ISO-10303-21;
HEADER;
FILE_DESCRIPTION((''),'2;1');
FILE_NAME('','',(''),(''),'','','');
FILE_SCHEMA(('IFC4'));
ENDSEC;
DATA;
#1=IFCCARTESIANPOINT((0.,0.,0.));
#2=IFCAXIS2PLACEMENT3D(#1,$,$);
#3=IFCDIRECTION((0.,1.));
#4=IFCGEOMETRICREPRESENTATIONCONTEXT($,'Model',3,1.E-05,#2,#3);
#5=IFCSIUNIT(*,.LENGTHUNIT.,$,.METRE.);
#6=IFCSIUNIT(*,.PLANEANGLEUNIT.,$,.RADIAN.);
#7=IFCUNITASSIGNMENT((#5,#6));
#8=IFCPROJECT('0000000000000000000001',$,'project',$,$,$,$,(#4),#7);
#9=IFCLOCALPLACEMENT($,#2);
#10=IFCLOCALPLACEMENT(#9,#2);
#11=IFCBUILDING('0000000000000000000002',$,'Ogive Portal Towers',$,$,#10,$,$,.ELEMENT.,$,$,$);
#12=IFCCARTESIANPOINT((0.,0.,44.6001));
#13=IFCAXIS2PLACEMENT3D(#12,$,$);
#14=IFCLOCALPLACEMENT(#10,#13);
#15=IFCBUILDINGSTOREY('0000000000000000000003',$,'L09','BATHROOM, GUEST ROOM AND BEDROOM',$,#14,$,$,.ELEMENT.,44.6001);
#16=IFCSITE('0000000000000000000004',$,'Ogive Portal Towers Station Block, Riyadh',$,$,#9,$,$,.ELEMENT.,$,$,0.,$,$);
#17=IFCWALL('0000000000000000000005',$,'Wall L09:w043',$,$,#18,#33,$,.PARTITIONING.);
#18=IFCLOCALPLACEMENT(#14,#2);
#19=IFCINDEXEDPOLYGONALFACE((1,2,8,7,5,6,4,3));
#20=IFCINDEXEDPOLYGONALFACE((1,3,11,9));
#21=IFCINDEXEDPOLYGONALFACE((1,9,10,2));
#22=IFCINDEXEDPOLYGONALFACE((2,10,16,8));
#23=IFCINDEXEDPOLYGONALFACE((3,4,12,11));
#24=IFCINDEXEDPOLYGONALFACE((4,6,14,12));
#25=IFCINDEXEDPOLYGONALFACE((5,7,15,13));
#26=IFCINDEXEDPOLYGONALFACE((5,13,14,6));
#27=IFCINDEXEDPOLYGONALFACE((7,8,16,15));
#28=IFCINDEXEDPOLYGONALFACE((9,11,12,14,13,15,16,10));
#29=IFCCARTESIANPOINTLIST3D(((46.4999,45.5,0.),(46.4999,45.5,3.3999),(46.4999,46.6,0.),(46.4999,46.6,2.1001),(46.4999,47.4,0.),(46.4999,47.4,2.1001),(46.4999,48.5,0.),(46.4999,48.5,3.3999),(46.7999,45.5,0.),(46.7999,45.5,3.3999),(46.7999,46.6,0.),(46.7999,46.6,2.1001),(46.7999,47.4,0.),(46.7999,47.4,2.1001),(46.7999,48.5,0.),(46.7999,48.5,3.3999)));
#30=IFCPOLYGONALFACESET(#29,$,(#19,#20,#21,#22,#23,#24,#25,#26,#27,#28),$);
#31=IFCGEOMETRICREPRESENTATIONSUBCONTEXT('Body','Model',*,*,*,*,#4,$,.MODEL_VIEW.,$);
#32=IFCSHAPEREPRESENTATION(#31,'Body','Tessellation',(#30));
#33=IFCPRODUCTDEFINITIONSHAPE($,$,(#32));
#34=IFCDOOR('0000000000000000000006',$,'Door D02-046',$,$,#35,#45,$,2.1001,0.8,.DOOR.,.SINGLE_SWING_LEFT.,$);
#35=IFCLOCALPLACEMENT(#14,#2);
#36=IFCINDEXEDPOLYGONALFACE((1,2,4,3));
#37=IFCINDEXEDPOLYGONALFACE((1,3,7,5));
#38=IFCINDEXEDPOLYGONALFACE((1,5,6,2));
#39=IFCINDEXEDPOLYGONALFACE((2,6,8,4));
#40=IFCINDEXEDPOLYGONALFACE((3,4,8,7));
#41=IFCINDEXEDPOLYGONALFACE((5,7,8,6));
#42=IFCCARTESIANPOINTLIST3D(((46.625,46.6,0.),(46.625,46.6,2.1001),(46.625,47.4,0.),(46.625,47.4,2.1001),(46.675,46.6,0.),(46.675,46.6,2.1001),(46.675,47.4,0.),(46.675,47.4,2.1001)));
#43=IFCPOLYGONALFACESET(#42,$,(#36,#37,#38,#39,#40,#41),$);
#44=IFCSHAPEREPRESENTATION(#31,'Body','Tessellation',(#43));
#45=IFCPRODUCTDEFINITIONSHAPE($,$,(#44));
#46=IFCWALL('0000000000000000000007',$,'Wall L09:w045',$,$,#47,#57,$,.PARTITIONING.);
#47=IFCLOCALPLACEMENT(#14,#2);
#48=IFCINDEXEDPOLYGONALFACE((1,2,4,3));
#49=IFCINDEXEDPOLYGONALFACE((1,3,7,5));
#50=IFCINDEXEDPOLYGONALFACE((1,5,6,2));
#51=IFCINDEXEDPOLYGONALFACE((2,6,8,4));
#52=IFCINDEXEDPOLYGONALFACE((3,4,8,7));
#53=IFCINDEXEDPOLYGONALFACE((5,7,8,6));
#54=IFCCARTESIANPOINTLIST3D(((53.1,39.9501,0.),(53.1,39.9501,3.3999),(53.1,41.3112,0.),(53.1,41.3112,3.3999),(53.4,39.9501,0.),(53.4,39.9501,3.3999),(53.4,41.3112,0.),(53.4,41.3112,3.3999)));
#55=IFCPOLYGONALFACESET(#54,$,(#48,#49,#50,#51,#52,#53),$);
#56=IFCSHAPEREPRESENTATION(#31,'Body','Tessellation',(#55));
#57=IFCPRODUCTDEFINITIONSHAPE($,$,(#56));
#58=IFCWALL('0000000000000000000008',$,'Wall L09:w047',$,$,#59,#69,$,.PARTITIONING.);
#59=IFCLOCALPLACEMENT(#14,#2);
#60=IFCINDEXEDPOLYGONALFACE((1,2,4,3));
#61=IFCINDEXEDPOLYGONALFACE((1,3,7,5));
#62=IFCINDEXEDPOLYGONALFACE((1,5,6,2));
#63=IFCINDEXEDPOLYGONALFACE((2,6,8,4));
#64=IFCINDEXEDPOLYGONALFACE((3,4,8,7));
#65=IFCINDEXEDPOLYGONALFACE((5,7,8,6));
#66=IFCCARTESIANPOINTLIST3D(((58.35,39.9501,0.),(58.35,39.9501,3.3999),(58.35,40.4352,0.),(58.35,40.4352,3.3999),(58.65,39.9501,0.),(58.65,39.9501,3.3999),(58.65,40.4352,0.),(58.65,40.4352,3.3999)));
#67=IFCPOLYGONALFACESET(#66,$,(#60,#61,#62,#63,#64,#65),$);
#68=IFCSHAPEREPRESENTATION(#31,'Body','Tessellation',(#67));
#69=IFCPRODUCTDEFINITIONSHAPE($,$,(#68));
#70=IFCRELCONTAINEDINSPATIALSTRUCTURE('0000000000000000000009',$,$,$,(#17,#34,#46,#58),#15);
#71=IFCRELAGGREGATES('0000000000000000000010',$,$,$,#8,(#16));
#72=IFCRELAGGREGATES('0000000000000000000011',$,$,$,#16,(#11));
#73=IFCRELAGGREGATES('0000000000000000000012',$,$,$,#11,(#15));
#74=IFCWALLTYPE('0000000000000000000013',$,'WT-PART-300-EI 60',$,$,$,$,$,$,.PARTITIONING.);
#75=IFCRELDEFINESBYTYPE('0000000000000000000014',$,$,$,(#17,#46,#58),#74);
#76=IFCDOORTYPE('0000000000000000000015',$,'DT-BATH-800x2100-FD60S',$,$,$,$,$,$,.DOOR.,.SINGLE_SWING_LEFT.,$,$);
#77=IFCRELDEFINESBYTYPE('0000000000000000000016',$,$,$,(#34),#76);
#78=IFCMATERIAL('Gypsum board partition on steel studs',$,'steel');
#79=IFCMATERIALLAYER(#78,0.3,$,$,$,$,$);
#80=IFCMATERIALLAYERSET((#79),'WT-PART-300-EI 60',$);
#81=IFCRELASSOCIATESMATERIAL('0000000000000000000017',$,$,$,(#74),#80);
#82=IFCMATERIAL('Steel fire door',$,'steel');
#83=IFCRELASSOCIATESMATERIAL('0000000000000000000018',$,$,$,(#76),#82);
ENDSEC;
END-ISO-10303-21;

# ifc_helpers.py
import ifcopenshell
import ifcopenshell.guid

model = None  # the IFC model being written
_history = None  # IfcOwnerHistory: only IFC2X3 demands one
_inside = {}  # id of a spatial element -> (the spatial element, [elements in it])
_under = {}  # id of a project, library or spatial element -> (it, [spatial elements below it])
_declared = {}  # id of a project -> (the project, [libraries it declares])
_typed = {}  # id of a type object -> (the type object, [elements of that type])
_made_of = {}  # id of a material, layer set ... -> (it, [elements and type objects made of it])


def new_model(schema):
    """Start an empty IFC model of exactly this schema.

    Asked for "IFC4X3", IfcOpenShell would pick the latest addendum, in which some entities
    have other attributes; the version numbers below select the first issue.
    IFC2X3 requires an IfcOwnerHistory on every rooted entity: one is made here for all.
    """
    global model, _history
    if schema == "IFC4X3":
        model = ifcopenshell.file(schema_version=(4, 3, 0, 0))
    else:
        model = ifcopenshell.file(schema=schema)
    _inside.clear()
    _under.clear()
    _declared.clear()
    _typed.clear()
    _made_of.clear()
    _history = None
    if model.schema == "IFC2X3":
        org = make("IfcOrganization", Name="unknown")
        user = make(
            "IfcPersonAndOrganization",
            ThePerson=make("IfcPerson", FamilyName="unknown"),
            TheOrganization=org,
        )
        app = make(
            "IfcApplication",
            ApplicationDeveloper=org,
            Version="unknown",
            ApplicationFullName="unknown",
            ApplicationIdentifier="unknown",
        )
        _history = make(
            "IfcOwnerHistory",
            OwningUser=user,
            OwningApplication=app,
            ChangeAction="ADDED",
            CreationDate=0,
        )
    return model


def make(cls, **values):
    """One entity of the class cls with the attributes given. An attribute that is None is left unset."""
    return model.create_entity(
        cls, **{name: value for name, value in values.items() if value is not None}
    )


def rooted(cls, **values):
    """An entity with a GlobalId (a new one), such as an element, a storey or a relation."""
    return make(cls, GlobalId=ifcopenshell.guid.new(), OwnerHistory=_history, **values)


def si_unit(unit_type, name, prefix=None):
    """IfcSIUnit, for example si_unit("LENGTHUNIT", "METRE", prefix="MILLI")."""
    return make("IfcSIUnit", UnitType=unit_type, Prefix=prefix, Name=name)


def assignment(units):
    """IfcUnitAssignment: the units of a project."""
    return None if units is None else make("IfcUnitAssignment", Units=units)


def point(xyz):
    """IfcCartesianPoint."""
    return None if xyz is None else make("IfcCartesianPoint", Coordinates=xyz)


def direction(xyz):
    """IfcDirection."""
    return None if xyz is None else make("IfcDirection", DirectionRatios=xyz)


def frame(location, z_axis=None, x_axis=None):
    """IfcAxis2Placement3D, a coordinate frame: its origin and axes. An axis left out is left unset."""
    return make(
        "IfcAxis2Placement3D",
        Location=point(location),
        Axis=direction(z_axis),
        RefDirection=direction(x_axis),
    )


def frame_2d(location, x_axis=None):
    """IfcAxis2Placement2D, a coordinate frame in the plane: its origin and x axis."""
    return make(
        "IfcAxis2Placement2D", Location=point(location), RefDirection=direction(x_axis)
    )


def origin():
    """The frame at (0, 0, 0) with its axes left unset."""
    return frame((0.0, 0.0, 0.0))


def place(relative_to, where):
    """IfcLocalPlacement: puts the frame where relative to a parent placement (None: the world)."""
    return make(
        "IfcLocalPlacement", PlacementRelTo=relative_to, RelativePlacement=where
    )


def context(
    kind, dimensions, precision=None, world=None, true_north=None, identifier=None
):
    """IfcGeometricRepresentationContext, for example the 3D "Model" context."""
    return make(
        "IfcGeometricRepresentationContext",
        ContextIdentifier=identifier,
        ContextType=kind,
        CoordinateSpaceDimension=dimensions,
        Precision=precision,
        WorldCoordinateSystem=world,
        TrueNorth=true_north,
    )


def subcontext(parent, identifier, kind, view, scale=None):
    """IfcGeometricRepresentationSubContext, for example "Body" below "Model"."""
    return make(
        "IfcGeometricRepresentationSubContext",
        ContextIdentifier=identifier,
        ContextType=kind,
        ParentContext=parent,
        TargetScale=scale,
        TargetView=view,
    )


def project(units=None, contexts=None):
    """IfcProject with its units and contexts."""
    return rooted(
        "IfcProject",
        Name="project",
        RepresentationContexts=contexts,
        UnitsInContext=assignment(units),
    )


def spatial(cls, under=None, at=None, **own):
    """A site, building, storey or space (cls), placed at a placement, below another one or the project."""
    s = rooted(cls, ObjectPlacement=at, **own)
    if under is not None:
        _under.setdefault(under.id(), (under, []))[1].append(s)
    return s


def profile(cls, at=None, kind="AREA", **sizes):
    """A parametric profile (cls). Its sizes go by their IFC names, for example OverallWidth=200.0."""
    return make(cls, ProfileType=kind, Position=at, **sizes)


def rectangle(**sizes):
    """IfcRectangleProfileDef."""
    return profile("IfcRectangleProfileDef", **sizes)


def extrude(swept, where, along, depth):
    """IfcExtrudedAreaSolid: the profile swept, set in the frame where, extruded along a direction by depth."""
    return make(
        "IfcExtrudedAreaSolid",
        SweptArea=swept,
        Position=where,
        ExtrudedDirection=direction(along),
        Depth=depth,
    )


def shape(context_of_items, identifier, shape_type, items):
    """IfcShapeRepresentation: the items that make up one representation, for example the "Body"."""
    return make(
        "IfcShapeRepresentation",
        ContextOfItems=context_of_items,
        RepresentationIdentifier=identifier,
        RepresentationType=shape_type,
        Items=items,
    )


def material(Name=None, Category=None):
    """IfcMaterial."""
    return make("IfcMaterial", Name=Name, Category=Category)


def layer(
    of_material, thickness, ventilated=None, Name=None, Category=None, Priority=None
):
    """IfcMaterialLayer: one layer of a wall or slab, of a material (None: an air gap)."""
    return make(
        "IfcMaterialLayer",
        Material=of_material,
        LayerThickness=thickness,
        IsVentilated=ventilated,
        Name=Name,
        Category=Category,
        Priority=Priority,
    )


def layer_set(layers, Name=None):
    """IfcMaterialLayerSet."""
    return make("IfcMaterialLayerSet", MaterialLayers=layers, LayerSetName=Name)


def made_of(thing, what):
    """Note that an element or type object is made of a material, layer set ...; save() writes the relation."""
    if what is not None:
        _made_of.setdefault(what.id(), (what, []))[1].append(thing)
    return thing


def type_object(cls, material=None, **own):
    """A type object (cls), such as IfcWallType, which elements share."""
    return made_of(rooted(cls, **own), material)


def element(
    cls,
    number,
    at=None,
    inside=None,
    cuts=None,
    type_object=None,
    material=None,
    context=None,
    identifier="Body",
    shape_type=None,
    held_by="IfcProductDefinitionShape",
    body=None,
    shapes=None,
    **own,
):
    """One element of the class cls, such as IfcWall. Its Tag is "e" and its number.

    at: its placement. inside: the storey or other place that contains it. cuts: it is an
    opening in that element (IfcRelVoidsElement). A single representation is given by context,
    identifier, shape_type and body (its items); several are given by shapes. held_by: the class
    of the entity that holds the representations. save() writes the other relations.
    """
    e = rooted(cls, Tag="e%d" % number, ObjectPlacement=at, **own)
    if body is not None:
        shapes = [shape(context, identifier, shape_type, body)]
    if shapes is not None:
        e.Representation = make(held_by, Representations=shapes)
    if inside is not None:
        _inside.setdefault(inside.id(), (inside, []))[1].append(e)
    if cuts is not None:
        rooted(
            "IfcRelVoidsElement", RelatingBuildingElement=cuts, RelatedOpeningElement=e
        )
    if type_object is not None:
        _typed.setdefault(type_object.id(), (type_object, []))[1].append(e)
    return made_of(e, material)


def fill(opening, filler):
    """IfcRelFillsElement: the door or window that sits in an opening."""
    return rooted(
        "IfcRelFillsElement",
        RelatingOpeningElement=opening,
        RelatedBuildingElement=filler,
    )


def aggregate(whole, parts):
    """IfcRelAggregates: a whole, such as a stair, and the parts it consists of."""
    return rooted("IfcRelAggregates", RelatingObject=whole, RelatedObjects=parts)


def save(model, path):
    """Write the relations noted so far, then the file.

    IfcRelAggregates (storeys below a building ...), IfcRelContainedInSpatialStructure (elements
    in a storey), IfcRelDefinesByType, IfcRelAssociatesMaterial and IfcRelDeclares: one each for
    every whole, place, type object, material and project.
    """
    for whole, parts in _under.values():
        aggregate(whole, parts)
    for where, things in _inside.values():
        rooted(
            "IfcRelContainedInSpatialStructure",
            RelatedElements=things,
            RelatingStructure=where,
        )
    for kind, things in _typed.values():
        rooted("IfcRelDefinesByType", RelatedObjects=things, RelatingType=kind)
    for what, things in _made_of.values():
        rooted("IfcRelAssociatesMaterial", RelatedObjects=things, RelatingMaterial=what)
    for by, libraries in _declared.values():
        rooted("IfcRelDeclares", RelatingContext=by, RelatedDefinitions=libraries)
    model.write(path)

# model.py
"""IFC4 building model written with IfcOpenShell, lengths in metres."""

from ifc_helpers import new_model, si_unit, direction, frame, frame_2d, origin, place, context, subcontext, project, spatial, rectangle, extrude, material, layer, layer_set, type_object, element, fill, save


model = new_model("IFC4")

# Units and contexts
model_context = context("Model", 3, precision=1e-05, world=origin(), true_north=direction((0.0, 1.0)))
body_context = subcontext(model_context, "Body", "Model", "MODEL_VIEW")
ifc_project = project(units=[si_unit("LENGTHUNIT", "METRE"), si_unit("PLANEANGLEUNIT", "RADIAN")], contexts=[model_context])

# Site, building, storey
site_placement = place(None, origin())
site = spatial("IfcSite", under=ifc_project, at=site_placement, Name="Ogive Portal Towers Station Block, Riyadh", CompositionType="ELEMENT", RefElevation=0.0)
building_placement = place(site_placement, origin())
building = spatial("IfcBuilding", under=site, at=building_placement, Name="Ogive Portal Towers", CompositionType="ELEMENT")
storey_placement = place(building_placement, frame((0.0, 0.0, 44.6001)))
storey = spatial("IfcBuildingStorey", under=building, at=storey_placement, Name="L09", Description="BATHROOM, GUEST ROOM AND BEDROOM", CompositionType="ELEMENT", Elevation=44.6001)

# Wall, opening, door
ifc_material_1 = material(Name="Gypsum board partition on steel studs", Category="steel")
ifc_layer_1 = layer(ifc_material_1, 0.3)
ifc_layer_set_1 = layer_set([ifc_layer_1], Name="WT-PART-300-EI 60")
wall_type = type_object("IfcWallType", Name="WT-PART-300-EI 60", PredefinedType="PARTITIONING", material=ifc_layer_set_1)
ifc_material_2 = material(Name="Steel fire door", Category="steel")
door_type = type_object("IfcDoorType", Name="DT-BATH-800x2100-FD60S", OperationType="SINGLE_SWING_LEFT", PredefinedType="DOOR", material=ifc_material_2)
wall_1_placement = place(storey_placement, frame((46.6499, 45.5, 0.0), z_axis=(0.0, 0.0, 1.0), x_axis=(0.0, 1.0, 0.0)))
wall_1 = element("IfcWall", 1, at=wall_1_placement, inside=storey, type_object=wall_type, Name="Wall L09:w043", PredefinedType="PARTITIONING", context=body_context, shape_type="SweptSolid", body=[
    extrude(rectangle(XDim=3.0, YDim=0.3, at=frame_2d((1.5, 0.0))), origin(), (0.0, 0.0, 1.0), 3.3999),
])
opening_1_placement = place(wall_1_placement, frame((1.1001, 0.0, 0.0)))
opening_1 = element("IfcOpeningElement", 2, at=opening_1_placement, cuts=wall_1, PredefinedType="OPENING", context=body_context, shape_type="SweptSolid", body=[
    extrude(rectangle(XDim=0.8, YDim=2.1001, at=frame_2d((0.3999, 1.05))), frame((0.0, 0.1602, 0.0), z_axis=(0.0, -1.0, 0.0), x_axis=(1.0, 0.0, 0.0)), (0.0, 0.0, 1.0), 0.3201),
])
door_1_placement = place(opening_1_placement, origin())
door_1 = element("IfcDoor", 3, at=door_1_placement, inside=storey, type_object=door_type, Name="Door D02-046", OperationType="SINGLE_SWING_LEFT", OverallHeight=2.1001, OverallWidth=0.8, PredefinedType="DOOR", context=body_context, shape_type="SweptSolid", body=[
    extrude(rectangle(XDim=0.8, YDim=2.1001, at=frame_2d((0.3999, 1.05))), frame((0.0, 0.0249, 0.0), z_axis=(0.0, -1.0, 0.0), x_axis=(1.0, 0.0, 0.0)), (0.0, 0.0, 1.0), 0.05),
])
fill(opening_1, door_1)

# Walls
wall_2_placement = place(storey_placement, frame((53.25, 39.95, 0.0), z_axis=(0.0, 0.0, 1.0), x_axis=(0.0, 1.0, 0.0)))
element("IfcWall", 4, at=wall_2_placement, inside=storey, type_object=wall_type, Name="Wall L09:w045", PredefinedType="PARTITIONING", context=body_context, shape_type="SweptSolid", body=[
    extrude(rectangle(XDim=1.3611, YDim=0.3, at=frame_2d((0.6807, 0.0))), origin(), (0.0, 0.0, 1.0), 3.3999),
])
wall_3_placement = place(storey_placement, frame((58.5, 39.95, 0.0), z_axis=(0.0, 0.0, 1.0), x_axis=(0.0, 1.0, 0.0)))
element("IfcWall", 5, at=wall_3_placement, inside=storey, type_object=wall_type, Name="Wall L09:w047", PredefinedType="PARTITIONING", context=body_context, shape_type="SweptSolid", body=[
    extrude(rectangle(XDim=0.4851, YDim=0.3, at=frame_2d((0.2427, 0.0))), origin(), (0.0, 0.0, 1.0), 3.3999),
])

save(model, "model.ifc")
